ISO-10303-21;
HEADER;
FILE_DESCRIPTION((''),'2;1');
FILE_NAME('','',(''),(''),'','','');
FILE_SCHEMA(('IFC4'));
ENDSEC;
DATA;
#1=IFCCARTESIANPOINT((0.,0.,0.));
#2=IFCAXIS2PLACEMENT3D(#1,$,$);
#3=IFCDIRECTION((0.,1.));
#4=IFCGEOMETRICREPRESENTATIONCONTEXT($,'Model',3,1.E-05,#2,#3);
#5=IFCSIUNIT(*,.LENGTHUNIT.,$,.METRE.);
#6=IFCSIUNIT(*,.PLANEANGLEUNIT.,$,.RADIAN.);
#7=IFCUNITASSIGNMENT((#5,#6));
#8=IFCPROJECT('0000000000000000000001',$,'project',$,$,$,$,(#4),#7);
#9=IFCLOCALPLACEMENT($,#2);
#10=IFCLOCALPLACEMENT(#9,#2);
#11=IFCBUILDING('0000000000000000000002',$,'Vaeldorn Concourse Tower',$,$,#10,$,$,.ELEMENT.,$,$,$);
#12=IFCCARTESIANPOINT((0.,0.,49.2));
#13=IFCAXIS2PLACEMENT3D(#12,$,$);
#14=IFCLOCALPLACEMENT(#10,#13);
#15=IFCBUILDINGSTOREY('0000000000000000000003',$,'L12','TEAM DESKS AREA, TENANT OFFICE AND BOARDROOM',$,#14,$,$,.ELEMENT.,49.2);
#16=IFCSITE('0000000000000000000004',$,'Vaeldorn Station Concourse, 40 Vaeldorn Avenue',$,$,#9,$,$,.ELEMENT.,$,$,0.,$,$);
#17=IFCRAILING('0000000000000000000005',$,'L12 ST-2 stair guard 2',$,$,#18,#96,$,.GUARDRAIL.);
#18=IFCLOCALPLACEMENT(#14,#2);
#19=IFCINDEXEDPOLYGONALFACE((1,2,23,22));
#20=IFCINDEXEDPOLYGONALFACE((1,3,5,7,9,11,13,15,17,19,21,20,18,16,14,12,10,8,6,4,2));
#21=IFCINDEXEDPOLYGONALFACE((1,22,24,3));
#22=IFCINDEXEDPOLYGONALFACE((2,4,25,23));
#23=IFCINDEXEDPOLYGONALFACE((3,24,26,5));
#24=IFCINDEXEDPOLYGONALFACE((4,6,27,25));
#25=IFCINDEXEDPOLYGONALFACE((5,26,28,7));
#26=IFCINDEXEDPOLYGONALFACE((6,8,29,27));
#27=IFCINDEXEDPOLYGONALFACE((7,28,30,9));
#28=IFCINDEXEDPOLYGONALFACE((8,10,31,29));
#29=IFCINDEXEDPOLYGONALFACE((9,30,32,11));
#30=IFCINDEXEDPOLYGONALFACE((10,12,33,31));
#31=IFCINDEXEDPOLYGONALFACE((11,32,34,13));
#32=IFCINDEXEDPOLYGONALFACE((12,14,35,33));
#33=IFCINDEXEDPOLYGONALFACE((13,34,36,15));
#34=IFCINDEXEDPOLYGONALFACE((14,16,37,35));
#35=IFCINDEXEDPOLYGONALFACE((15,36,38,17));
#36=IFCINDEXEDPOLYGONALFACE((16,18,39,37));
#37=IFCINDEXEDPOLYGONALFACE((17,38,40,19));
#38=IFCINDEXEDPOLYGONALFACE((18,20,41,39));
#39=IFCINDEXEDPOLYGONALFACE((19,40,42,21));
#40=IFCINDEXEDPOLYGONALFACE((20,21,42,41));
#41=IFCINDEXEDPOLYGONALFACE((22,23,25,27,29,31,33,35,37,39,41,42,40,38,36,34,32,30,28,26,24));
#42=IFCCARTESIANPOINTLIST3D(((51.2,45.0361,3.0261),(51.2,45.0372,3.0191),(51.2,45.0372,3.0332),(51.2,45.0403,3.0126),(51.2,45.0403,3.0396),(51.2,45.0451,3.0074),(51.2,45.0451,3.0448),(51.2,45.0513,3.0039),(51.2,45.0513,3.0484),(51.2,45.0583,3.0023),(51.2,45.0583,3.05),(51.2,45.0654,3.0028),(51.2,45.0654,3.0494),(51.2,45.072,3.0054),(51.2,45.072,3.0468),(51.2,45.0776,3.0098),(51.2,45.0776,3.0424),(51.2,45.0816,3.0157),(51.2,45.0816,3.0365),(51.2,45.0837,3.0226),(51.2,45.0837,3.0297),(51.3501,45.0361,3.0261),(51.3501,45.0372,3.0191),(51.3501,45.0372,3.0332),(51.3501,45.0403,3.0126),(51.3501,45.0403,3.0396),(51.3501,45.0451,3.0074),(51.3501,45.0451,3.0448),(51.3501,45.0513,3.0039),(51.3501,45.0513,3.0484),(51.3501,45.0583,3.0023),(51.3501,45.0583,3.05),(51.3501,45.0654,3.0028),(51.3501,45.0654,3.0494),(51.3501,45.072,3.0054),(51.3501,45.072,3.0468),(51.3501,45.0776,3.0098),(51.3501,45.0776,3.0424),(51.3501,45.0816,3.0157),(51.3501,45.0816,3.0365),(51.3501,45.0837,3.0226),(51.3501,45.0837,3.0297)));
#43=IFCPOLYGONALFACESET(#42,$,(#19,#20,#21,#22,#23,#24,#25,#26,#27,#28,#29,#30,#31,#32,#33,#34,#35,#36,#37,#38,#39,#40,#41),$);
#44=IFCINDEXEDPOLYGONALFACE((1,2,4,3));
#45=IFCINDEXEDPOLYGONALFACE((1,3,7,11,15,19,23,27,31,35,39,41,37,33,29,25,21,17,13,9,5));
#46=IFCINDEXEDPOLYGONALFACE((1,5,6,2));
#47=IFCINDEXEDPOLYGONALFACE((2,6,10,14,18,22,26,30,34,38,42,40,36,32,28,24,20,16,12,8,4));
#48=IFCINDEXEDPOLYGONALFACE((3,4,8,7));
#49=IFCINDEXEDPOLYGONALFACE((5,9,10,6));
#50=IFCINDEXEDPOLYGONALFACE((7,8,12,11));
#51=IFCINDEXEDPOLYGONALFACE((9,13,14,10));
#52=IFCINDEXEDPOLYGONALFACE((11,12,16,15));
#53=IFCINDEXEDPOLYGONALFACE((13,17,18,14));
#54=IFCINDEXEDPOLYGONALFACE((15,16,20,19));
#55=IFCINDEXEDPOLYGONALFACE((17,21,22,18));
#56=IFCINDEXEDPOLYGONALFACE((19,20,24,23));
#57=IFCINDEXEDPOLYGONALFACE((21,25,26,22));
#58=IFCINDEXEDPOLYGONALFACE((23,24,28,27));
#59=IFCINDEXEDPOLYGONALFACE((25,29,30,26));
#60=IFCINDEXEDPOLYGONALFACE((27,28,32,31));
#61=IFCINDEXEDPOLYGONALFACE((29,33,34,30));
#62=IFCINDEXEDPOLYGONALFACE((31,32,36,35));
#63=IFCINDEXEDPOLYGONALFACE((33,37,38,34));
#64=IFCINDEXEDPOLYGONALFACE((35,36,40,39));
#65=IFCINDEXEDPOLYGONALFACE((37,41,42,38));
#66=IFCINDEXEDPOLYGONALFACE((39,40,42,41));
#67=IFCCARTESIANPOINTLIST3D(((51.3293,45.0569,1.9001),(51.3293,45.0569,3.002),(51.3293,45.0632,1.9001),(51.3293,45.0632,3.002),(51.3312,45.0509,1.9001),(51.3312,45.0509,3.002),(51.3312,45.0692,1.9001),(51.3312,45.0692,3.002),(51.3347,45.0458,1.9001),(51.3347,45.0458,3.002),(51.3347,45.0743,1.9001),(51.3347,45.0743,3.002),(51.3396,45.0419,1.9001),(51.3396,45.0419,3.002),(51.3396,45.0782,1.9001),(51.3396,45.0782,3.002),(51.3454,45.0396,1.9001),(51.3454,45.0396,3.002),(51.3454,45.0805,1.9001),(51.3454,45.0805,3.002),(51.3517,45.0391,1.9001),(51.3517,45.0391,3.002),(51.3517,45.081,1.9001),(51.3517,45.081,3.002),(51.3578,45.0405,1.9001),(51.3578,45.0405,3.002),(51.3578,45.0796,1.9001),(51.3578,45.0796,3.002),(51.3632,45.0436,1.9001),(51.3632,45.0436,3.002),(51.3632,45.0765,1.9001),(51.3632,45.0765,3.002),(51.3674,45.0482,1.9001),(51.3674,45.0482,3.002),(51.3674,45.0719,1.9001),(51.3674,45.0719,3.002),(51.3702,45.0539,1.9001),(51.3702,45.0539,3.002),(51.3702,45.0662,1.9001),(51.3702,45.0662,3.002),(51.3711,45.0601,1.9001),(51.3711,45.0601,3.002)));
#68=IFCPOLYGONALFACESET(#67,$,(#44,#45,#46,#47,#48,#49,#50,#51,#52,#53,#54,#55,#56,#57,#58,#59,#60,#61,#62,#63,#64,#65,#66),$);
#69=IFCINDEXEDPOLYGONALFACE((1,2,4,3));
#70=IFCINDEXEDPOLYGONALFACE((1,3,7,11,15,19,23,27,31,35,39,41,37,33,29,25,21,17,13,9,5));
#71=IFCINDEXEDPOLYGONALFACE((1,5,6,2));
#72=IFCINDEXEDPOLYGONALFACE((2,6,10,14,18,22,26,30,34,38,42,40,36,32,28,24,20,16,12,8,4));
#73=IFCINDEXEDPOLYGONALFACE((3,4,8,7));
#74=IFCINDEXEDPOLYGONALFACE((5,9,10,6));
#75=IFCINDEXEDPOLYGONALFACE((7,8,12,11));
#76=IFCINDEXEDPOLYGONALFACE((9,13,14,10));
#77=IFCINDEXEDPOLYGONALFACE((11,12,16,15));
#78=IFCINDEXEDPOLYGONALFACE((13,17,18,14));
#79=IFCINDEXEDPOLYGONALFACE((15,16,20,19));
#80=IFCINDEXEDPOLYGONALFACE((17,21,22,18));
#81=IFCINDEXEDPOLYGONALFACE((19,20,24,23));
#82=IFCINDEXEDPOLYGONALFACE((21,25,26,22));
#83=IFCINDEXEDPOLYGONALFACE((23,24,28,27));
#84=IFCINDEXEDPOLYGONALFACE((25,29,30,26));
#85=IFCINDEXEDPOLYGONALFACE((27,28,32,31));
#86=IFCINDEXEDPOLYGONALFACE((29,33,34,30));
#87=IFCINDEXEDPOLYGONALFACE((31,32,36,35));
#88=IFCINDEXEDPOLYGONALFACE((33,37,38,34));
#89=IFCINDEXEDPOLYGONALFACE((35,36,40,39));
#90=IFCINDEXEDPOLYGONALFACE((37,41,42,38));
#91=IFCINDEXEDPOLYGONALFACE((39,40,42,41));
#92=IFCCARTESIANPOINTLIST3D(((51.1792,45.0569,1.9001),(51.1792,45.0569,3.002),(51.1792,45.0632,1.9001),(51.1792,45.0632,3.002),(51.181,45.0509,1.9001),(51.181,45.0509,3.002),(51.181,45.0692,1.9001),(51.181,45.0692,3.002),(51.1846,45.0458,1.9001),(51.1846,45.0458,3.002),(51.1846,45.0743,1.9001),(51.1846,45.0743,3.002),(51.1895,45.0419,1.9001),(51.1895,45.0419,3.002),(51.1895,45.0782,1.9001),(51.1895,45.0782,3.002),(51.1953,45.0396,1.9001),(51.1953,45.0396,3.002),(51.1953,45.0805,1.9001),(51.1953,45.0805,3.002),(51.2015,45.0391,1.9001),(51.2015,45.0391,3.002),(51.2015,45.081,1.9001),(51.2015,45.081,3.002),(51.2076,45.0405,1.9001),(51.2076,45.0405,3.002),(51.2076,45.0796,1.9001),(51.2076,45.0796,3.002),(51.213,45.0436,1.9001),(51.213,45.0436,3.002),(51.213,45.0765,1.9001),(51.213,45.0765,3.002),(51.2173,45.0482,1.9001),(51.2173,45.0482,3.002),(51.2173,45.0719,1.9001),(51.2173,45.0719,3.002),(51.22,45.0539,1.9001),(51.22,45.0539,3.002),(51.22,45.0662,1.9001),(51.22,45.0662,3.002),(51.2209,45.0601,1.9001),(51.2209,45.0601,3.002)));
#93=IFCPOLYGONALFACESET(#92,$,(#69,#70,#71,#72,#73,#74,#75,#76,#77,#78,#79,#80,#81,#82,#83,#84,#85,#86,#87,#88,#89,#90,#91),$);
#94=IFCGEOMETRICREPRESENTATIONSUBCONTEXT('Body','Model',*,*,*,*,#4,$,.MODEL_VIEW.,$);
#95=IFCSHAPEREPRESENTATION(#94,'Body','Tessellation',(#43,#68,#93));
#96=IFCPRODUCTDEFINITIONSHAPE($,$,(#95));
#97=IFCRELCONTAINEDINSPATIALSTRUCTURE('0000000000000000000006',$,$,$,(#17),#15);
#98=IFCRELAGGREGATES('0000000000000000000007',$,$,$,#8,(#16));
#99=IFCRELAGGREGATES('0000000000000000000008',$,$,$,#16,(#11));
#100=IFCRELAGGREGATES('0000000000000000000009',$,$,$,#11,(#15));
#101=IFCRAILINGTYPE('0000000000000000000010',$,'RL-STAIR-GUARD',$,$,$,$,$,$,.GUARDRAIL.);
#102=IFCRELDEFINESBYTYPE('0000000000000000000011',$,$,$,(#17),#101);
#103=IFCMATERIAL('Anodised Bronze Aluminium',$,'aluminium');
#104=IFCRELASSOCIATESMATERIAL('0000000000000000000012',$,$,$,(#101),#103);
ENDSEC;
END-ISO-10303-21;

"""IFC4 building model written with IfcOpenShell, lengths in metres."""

from ifc_helpers import new_model, si_unit, direction, frame, origin, origin_2d, place, context, subcontext, project, spatial, circle, extrude, material, type_object, element, save


model = new_model("IFC4")

# Units and contexts
model_context = context("Model", 3, precision=1e-05, world=origin(), true_north=direction((0.0, 1.0)))
body_context = subcontext(model_context, "Body", "Model", "MODEL_VIEW")
ifc_project = project(units=[si_unit("LENGTHUNIT", "METRE"), si_unit("PLANEANGLEUNIT", "RADIAN")], contexts=[model_context])

# Site, building, storey
site_placement = place(None, origin())
site = spatial("IfcSite", under=ifc_project, at=site_placement, Name="Vaeldorn Station Concourse, 40 Vaeldorn Avenue", CompositionType="ELEMENT", RefElevation=0.0)
building_placement = place(site_placement, origin())
building = spatial("IfcBuilding", under=site, at=building_placement, Name="Vaeldorn Concourse Tower", CompositionType="ELEMENT")
storey_placement = place(building_placement, frame((0.0, 0.0, 49.2)))
storey = spatial("IfcBuildingStorey", under=building, at=storey_placement, Name="L12", Description="TEAM DESKS AREA, TENANT OFFICE AND BOARDROOM", CompositionType="ELEMENT", Elevation=49.2)

# Shared definitions
ifc_material_1 = material(Name="Anodised Bronze Aluminium", Category="aluminium")

# Railing
railing_type_1 = type_object("IfcRailingType", Name="RL-STAIR-GUARD", PredefinedType="GUARDRAIL", material=ifc_material_1)
railing_1_placement = place(storey_placement, frame((51.3501, 45.0601, 1.9001)))
element("IfcRailing", 1, at=railing_1_placement, inside=storey, type_object=railing_type_1, Name="L12 ST-2 stair guard 2", PredefinedType="GUARDRAIL", context=body_context, shape_type="SweptSolid", body=[
    extrude(circle(Radius=0.0239, at=origin_2d()), frame((0.0, 0.0, 1.126), z_axis=(-1.0, 0.0, 0.0), x_axis=(0.0, -1.0, 0.0)), (0.0, 0.0, 1.0), 0.1501),
    extrude(circle(Radius=0.021, at=origin_2d()), origin(), (0.0, 0.0, 1.0), 1.1018),
    extrude(circle(Radius=0.021, at=origin_2d()), frame((-0.1501, 0.0, 0.0)), (0.0, 0.0, 1.0), 1.1018),
])

save(model, "model.ifc")
